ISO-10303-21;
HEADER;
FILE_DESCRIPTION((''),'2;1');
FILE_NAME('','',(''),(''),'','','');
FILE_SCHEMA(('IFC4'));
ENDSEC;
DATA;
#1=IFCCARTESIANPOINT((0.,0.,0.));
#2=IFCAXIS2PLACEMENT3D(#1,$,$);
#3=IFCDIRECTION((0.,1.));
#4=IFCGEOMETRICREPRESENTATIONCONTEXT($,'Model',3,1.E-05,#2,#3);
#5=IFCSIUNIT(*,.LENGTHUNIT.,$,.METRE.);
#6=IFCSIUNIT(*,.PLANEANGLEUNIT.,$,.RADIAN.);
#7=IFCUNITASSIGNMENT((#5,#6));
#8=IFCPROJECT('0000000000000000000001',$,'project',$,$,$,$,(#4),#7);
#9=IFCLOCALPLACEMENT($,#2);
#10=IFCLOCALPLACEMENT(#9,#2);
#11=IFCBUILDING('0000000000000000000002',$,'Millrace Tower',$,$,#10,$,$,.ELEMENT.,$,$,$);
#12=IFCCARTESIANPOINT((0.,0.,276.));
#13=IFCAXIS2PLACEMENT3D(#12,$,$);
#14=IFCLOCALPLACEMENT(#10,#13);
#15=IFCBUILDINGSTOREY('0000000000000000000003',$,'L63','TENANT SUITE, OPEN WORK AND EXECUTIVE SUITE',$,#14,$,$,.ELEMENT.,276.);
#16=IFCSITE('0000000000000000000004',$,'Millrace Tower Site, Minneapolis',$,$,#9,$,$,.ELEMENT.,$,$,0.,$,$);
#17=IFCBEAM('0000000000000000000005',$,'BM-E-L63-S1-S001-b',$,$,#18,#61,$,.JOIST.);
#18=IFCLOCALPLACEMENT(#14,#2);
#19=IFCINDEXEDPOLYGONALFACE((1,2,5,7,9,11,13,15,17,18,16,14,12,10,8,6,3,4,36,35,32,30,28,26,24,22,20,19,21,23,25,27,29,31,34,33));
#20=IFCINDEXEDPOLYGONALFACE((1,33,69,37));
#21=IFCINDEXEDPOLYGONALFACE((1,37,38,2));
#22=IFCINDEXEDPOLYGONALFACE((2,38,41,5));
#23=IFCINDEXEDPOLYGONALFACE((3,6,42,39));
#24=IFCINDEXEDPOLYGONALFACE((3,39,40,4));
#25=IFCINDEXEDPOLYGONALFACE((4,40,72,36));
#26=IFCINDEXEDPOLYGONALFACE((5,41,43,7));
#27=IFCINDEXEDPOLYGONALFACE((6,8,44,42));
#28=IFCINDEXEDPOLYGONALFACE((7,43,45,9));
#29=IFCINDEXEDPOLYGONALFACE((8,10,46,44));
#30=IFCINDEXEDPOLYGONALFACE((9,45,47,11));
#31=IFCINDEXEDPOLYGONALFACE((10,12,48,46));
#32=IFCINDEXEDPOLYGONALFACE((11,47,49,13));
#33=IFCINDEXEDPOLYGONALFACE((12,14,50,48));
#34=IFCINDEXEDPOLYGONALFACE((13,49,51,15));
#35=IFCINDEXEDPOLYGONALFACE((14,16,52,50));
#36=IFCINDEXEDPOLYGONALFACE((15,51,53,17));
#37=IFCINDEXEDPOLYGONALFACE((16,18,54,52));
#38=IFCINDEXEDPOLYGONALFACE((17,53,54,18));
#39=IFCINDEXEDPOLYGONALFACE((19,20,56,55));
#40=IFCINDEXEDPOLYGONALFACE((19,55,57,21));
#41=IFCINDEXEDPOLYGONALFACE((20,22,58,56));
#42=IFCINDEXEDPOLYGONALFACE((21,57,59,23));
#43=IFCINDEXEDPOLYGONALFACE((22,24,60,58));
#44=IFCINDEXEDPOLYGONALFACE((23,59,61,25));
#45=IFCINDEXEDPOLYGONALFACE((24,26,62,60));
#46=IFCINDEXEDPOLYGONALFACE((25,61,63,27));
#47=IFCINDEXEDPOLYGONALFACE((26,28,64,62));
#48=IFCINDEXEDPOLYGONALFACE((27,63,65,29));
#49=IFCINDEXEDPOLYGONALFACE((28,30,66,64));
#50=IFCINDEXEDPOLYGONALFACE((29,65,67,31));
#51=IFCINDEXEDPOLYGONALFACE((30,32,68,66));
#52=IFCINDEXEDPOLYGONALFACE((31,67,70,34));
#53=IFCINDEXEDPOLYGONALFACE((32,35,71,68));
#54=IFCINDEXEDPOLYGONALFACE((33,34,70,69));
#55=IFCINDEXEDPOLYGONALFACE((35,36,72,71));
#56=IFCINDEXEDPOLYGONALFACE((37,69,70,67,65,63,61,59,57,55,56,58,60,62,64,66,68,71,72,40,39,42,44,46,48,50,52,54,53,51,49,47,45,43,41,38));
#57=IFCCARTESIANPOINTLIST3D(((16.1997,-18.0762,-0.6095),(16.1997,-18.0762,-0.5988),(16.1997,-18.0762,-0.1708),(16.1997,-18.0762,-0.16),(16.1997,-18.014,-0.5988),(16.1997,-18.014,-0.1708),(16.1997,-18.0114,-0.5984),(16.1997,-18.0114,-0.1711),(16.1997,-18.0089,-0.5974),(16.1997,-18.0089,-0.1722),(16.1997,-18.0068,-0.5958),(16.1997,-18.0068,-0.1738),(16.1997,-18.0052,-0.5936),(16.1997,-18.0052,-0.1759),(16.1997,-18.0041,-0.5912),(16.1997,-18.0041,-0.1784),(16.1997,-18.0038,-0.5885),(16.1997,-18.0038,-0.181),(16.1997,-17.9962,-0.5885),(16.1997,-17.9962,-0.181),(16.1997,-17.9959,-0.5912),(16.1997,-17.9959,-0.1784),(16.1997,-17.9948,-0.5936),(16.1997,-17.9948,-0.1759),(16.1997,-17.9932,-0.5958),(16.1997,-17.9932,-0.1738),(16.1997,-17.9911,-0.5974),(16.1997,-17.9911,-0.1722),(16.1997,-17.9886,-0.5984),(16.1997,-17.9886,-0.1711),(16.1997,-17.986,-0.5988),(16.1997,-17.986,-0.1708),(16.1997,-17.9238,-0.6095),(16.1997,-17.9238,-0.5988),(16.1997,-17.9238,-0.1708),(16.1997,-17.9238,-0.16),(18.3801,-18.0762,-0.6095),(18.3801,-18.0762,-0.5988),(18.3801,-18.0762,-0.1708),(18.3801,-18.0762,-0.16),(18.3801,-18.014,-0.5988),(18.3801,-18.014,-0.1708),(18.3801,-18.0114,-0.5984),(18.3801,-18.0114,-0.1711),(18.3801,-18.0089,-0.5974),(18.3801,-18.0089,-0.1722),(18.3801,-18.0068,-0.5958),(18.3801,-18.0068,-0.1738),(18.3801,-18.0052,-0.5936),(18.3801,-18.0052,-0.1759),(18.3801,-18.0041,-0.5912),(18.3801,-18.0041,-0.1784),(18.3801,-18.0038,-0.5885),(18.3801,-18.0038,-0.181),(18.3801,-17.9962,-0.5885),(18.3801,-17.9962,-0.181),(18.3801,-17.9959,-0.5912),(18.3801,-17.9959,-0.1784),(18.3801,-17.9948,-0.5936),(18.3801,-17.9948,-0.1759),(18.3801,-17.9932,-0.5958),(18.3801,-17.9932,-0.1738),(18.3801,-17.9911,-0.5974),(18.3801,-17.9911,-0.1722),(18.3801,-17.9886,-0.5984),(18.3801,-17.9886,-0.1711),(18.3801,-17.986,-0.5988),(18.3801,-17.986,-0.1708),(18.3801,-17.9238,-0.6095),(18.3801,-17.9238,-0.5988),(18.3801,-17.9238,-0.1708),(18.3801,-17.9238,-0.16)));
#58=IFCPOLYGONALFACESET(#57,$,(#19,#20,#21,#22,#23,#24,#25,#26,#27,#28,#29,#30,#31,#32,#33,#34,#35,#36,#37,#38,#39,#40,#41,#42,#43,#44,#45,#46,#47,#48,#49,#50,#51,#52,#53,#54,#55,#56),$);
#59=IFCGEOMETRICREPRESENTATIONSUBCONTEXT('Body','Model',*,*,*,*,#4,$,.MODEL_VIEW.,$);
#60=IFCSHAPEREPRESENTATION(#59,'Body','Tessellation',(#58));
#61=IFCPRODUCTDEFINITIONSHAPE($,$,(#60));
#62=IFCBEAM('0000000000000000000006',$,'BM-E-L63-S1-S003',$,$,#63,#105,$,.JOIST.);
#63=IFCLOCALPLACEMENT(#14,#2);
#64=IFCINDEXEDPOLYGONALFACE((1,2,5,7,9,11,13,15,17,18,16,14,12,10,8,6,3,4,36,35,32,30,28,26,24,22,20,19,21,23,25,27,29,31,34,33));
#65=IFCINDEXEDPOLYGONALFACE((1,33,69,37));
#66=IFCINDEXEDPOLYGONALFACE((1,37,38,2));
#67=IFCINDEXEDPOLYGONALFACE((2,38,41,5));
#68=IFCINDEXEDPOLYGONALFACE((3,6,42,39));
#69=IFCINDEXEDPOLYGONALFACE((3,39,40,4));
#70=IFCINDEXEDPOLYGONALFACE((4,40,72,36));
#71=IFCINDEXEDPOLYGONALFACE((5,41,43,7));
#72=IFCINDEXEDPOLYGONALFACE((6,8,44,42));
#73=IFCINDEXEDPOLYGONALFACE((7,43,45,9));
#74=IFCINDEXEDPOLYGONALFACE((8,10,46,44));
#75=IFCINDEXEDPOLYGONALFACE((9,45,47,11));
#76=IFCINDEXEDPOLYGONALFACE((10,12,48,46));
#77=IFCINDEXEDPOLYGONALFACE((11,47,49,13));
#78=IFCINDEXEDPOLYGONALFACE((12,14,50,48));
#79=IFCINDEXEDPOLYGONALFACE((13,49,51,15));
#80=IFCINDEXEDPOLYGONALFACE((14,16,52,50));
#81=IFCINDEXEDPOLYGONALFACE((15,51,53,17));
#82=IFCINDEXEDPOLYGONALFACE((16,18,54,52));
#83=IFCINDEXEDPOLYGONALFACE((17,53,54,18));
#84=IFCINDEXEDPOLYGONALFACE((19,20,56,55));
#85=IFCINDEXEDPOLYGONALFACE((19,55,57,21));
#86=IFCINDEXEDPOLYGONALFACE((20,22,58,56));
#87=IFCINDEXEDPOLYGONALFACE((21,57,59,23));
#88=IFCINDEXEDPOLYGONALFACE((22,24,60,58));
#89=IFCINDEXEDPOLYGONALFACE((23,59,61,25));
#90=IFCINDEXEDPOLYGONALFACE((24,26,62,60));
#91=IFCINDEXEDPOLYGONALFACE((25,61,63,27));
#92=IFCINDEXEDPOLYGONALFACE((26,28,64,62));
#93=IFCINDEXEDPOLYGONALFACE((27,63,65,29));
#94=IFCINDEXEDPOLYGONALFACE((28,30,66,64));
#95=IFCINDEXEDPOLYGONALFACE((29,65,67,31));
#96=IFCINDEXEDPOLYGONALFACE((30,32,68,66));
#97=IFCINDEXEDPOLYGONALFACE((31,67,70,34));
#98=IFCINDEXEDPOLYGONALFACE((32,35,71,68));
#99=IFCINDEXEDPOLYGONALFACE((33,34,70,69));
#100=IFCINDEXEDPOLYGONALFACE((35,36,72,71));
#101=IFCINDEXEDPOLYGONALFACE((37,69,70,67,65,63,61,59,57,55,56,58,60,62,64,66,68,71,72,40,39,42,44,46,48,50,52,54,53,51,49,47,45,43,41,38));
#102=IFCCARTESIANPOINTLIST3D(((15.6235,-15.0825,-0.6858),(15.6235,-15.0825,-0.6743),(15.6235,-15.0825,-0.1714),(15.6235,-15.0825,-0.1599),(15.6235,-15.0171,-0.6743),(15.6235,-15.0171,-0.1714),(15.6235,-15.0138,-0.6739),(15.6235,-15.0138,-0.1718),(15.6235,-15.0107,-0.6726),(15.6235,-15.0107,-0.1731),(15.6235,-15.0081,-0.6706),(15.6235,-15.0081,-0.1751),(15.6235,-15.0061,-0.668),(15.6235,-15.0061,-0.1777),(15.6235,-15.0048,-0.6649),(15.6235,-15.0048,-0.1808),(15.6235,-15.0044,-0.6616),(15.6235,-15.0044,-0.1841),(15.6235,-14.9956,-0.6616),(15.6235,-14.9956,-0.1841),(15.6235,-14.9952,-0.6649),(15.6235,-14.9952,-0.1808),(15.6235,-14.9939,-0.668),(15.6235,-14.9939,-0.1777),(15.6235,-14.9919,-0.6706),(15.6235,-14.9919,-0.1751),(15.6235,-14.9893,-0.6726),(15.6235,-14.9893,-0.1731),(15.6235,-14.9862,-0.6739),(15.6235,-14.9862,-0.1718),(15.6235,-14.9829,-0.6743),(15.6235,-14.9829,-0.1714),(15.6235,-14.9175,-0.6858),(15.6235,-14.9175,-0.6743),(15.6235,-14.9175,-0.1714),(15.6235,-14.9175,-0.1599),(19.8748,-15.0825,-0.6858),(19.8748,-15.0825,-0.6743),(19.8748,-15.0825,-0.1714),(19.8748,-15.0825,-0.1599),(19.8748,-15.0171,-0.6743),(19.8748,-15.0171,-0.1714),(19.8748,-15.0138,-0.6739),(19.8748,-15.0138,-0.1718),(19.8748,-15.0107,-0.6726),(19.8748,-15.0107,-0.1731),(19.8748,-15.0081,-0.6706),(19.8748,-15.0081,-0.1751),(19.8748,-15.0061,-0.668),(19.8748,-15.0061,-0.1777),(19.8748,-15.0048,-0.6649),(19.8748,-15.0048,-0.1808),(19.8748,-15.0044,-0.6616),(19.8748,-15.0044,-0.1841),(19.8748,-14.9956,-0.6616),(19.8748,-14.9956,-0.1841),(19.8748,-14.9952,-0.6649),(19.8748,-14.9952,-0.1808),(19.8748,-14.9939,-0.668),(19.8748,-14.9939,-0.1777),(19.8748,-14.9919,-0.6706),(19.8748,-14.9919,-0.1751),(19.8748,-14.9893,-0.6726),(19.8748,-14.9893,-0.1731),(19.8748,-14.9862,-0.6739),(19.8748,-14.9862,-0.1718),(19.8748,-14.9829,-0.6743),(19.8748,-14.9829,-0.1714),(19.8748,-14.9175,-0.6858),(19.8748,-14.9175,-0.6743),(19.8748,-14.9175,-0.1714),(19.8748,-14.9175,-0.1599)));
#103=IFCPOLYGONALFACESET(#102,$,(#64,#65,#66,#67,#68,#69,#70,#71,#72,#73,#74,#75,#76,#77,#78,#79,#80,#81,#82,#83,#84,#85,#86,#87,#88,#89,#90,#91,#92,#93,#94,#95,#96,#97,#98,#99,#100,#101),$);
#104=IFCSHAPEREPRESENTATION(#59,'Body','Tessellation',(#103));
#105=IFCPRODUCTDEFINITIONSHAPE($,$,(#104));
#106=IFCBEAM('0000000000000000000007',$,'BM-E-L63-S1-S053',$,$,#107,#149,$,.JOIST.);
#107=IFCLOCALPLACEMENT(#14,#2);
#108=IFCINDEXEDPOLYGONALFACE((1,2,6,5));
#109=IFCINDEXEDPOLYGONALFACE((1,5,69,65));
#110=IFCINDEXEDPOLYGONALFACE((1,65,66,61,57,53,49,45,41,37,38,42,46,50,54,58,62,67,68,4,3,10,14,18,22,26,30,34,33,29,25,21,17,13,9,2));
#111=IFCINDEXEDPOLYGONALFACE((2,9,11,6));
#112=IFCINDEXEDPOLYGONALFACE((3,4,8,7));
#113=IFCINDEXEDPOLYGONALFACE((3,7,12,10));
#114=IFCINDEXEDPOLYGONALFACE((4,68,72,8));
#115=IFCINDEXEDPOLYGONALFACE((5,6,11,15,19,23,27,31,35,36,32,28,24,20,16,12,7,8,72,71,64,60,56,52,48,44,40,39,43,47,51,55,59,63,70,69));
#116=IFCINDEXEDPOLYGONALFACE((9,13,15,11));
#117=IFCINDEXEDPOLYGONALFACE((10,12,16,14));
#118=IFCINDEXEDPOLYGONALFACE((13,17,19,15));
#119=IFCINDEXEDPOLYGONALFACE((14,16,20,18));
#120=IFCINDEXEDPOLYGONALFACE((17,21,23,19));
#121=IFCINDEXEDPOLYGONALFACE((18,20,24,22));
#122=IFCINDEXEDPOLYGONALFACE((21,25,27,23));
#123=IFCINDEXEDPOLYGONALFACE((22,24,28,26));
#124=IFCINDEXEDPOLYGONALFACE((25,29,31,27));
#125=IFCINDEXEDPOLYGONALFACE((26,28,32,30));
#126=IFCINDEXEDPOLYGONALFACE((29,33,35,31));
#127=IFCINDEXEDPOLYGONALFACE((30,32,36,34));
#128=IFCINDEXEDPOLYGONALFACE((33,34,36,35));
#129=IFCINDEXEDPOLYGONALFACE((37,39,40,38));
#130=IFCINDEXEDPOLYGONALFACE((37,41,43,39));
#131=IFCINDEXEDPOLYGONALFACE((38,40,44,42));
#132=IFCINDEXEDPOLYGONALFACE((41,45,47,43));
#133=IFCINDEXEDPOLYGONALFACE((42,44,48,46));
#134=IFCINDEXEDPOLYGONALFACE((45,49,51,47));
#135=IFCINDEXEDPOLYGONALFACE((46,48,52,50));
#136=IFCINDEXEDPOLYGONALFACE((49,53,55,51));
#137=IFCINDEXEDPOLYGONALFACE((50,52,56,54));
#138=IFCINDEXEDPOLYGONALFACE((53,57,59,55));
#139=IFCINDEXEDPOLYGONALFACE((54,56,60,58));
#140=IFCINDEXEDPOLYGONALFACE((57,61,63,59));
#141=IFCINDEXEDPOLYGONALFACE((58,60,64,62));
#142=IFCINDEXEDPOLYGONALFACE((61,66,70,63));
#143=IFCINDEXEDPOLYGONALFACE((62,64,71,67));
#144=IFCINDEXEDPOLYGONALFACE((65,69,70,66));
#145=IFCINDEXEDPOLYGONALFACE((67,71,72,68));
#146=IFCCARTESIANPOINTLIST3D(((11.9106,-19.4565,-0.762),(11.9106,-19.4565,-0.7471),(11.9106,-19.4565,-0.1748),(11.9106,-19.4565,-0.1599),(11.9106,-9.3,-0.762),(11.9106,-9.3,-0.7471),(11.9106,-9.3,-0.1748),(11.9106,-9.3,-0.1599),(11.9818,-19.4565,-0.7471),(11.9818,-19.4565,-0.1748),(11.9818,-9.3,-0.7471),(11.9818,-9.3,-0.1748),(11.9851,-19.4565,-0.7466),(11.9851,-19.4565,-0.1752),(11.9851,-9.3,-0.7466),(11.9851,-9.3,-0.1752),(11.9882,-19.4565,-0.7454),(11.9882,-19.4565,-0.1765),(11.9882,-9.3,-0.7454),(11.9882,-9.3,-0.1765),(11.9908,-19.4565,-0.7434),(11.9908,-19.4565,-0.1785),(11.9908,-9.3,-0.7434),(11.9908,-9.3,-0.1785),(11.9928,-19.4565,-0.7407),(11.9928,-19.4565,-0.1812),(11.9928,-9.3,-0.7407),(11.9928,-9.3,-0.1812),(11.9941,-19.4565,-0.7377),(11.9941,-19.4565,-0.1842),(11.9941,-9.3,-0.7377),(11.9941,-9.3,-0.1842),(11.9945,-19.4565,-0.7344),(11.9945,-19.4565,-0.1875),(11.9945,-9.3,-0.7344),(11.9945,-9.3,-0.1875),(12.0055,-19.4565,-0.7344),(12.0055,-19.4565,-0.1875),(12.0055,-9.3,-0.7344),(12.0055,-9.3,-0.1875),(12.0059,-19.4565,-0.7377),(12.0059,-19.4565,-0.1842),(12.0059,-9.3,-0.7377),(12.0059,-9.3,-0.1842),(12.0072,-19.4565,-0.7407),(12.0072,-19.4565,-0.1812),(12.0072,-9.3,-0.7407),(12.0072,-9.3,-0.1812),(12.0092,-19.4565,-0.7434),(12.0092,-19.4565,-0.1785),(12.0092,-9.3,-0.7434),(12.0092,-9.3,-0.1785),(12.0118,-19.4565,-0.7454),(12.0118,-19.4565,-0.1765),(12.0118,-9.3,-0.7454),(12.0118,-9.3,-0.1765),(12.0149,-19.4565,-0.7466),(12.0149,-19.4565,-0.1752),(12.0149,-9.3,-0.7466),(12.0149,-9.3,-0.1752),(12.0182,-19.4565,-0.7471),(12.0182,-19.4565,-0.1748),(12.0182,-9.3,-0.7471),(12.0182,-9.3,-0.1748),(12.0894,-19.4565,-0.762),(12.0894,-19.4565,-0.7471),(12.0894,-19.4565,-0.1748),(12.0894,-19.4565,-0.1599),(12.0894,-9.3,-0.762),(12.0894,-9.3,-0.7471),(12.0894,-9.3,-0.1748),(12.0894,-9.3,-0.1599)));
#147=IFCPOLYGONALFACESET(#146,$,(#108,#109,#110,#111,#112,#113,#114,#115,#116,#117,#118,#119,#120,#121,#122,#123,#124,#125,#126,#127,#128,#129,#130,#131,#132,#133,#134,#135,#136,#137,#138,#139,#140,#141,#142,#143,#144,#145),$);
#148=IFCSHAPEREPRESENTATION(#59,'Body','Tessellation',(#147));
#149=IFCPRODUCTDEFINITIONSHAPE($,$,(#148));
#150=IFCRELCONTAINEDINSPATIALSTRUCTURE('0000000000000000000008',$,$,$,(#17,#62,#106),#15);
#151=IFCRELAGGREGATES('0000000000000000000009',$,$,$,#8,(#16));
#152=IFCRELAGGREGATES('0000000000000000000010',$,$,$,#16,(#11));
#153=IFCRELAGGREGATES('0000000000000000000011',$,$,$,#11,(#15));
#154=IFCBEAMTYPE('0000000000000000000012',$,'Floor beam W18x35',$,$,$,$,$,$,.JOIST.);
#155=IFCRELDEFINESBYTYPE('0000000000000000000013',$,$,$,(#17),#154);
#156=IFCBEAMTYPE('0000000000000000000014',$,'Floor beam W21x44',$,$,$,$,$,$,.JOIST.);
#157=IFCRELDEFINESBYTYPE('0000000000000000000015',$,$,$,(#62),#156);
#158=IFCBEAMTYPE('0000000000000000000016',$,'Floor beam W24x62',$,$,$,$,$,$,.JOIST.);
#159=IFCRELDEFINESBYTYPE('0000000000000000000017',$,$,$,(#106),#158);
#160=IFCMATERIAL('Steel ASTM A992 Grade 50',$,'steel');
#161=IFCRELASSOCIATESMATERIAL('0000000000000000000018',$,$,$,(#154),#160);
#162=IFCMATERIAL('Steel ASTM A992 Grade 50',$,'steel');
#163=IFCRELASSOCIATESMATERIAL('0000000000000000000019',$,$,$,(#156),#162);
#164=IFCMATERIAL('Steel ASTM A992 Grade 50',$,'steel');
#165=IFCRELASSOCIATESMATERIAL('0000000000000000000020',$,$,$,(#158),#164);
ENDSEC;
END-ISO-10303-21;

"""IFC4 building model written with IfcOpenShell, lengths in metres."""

from ifc_helpers import new_model, si_unit, direction, frame, origin, origin_2d, place, context, subcontext, project, spatial, i_section, extrude, material, material_profile, profile_set, type_object, element, save


model = new_model("IFC4")

# Units and contexts
model_context = context("Model", 3, precision=1e-05, world=origin(), true_north=direction((0.0, 1.0)))
body_context = subcontext(model_context, "Body", "Model", "MODEL_VIEW")
ifc_project = project(units=[si_unit("LENGTHUNIT", "METRE"), si_unit("PLANEANGLEUNIT", "RADIAN")], contexts=[model_context])

# Site, building, storey
site_placement = place(None, origin())
site = spatial("IfcSite", under=ifc_project, at=site_placement, Name="Millrace Tower Site, Minneapolis", CompositionType="ELEMENT", RefElevation=0.0)
building_placement = place(site_placement, origin())
building = spatial("IfcBuilding", under=site, at=building_placement, Name="Millrace Tower", CompositionType="ELEMENT")
storey_placement = place(building_placement, frame((0.0, 0.0, 276.0)))
storey = spatial("IfcBuildingStorey", under=building, at=storey_placement, Name="L63", Description="TENANT SUITE, OPEN WORK AND EXECUTIVE SUITE", CompositionType="ELEMENT", Elevation=276.0)

# Beams
ifc_material_1 = material(Name="Steel ASTM A992 Grade 50", Category="steel")
ifc_material_profile_1 = material_profile(ifc_material_1, i_section(OverallWidth=0.1523, OverallDepth=0.4495, WebThickness=0.0076, FlangeThickness=0.0107, FilletRadius=0.0103, at=origin_2d()))
ifc_profile_set_1 = profile_set([ifc_material_profile_1], Name="Steel ASTM A992 Grade 50")
beam_type_1 = type_object("IfcBeamType", Name="Floor beam W18x35", PredefinedType="JOIST", material=ifc_profile_set_1)
beam_1_placement = place(storey_placement, frame((16.1997, -18.0, -0.3848), z_axis=(1.0, 0.0, 0.0), x_axis=(0.0, 1.0, 0.0)))
element("IfcBeam", 1, at=beam_1_placement, inside=storey, type_object=beam_type_1, Name="BM-E-L63-S1-S001-b", PredefinedType="JOIST", context=body_context, shape_type="SweptSolid", body=[
    extrude(i_section(OverallWidth=0.1523, OverallDepth=0.4495, WebThickness=0.0076, FlangeThickness=0.0107, FilletRadius=0.0103, at=origin_2d()), origin(), (0.0, 0.0, 1.0), 2.1804),
])
ifc_material_2 = material(Name="Steel ASTM A992 Grade 50", Category="steel")
ifc_material_profile_2 = material_profile(ifc_material_2, i_section(OverallWidth=0.165, OverallDepth=0.5259, WebThickness=0.0088, FlangeThickness=0.0115, FilletRadius=0.0127, at=origin_2d()))
ifc_profile_set_2 = profile_set([ifc_material_profile_2], Name="Steel ASTM A992 Grade 50")
beam_type_2 = type_object("IfcBeamType", Name="Floor beam W21x44", PredefinedType="JOIST", material=ifc_profile_set_2)
beam_2_placement = place(storey_placement, frame((15.6235, -15.0, -0.4229), z_axis=(1.0, 0.0, 0.0), x_axis=(0.0, 1.0, 0.0)))
element("IfcBeam", 2, at=beam_2_placement, inside=storey, type_object=beam_type_2, Name="BM-E-L63-S1-S003", PredefinedType="JOIST", context=body_context, shape_type="SweptSolid", body=[
    extrude(i_section(OverallWidth=0.165, OverallDepth=0.5259, WebThickness=0.0088, FlangeThickness=0.0115, FilletRadius=0.0127, at=origin_2d()), origin(), (0.0, 0.0, 1.0), 4.2512),
])
ifc_material_3 = material(Name="Steel ASTM A992 Grade 50", Category="steel")
ifc_material_profile_3 = material_profile(ifc_material_3, i_section(OverallWidth=0.1787, OverallDepth=0.6021, WebThickness=0.011, FlangeThickness=0.0149, FilletRadius=0.0127, at=origin_2d()))
ifc_profile_set_3 = profile_set([ifc_material_profile_3], Name="Steel ASTM A992 Grade 50")
beam_type_3 = type_object("IfcBeamType", Name="Floor beam W24x62", PredefinedType="JOIST", material=ifc_profile_set_3)
beam_3_placement = place(storey_placement, frame((12.0, -19.4565, -0.4609), z_axis=(0.0, 1.0, 0.0), x_axis=(-1.0, 0.0, 0.0)))
element("IfcBeam", 3, at=beam_3_placement, inside=storey, type_object=beam_type_3, Name="BM-E-L63-S1-S053", PredefinedType="JOIST", context=body_context, shape_type="SweptSolid", body=[
    extrude(i_section(OverallWidth=0.1787, OverallDepth=0.6021, WebThickness=0.011, FlangeThickness=0.0149, FilletRadius=0.0127, at=origin_2d()), origin(), (0.0, 0.0, 1.0), 10.1565),
])

save(model, "model.ifc")
